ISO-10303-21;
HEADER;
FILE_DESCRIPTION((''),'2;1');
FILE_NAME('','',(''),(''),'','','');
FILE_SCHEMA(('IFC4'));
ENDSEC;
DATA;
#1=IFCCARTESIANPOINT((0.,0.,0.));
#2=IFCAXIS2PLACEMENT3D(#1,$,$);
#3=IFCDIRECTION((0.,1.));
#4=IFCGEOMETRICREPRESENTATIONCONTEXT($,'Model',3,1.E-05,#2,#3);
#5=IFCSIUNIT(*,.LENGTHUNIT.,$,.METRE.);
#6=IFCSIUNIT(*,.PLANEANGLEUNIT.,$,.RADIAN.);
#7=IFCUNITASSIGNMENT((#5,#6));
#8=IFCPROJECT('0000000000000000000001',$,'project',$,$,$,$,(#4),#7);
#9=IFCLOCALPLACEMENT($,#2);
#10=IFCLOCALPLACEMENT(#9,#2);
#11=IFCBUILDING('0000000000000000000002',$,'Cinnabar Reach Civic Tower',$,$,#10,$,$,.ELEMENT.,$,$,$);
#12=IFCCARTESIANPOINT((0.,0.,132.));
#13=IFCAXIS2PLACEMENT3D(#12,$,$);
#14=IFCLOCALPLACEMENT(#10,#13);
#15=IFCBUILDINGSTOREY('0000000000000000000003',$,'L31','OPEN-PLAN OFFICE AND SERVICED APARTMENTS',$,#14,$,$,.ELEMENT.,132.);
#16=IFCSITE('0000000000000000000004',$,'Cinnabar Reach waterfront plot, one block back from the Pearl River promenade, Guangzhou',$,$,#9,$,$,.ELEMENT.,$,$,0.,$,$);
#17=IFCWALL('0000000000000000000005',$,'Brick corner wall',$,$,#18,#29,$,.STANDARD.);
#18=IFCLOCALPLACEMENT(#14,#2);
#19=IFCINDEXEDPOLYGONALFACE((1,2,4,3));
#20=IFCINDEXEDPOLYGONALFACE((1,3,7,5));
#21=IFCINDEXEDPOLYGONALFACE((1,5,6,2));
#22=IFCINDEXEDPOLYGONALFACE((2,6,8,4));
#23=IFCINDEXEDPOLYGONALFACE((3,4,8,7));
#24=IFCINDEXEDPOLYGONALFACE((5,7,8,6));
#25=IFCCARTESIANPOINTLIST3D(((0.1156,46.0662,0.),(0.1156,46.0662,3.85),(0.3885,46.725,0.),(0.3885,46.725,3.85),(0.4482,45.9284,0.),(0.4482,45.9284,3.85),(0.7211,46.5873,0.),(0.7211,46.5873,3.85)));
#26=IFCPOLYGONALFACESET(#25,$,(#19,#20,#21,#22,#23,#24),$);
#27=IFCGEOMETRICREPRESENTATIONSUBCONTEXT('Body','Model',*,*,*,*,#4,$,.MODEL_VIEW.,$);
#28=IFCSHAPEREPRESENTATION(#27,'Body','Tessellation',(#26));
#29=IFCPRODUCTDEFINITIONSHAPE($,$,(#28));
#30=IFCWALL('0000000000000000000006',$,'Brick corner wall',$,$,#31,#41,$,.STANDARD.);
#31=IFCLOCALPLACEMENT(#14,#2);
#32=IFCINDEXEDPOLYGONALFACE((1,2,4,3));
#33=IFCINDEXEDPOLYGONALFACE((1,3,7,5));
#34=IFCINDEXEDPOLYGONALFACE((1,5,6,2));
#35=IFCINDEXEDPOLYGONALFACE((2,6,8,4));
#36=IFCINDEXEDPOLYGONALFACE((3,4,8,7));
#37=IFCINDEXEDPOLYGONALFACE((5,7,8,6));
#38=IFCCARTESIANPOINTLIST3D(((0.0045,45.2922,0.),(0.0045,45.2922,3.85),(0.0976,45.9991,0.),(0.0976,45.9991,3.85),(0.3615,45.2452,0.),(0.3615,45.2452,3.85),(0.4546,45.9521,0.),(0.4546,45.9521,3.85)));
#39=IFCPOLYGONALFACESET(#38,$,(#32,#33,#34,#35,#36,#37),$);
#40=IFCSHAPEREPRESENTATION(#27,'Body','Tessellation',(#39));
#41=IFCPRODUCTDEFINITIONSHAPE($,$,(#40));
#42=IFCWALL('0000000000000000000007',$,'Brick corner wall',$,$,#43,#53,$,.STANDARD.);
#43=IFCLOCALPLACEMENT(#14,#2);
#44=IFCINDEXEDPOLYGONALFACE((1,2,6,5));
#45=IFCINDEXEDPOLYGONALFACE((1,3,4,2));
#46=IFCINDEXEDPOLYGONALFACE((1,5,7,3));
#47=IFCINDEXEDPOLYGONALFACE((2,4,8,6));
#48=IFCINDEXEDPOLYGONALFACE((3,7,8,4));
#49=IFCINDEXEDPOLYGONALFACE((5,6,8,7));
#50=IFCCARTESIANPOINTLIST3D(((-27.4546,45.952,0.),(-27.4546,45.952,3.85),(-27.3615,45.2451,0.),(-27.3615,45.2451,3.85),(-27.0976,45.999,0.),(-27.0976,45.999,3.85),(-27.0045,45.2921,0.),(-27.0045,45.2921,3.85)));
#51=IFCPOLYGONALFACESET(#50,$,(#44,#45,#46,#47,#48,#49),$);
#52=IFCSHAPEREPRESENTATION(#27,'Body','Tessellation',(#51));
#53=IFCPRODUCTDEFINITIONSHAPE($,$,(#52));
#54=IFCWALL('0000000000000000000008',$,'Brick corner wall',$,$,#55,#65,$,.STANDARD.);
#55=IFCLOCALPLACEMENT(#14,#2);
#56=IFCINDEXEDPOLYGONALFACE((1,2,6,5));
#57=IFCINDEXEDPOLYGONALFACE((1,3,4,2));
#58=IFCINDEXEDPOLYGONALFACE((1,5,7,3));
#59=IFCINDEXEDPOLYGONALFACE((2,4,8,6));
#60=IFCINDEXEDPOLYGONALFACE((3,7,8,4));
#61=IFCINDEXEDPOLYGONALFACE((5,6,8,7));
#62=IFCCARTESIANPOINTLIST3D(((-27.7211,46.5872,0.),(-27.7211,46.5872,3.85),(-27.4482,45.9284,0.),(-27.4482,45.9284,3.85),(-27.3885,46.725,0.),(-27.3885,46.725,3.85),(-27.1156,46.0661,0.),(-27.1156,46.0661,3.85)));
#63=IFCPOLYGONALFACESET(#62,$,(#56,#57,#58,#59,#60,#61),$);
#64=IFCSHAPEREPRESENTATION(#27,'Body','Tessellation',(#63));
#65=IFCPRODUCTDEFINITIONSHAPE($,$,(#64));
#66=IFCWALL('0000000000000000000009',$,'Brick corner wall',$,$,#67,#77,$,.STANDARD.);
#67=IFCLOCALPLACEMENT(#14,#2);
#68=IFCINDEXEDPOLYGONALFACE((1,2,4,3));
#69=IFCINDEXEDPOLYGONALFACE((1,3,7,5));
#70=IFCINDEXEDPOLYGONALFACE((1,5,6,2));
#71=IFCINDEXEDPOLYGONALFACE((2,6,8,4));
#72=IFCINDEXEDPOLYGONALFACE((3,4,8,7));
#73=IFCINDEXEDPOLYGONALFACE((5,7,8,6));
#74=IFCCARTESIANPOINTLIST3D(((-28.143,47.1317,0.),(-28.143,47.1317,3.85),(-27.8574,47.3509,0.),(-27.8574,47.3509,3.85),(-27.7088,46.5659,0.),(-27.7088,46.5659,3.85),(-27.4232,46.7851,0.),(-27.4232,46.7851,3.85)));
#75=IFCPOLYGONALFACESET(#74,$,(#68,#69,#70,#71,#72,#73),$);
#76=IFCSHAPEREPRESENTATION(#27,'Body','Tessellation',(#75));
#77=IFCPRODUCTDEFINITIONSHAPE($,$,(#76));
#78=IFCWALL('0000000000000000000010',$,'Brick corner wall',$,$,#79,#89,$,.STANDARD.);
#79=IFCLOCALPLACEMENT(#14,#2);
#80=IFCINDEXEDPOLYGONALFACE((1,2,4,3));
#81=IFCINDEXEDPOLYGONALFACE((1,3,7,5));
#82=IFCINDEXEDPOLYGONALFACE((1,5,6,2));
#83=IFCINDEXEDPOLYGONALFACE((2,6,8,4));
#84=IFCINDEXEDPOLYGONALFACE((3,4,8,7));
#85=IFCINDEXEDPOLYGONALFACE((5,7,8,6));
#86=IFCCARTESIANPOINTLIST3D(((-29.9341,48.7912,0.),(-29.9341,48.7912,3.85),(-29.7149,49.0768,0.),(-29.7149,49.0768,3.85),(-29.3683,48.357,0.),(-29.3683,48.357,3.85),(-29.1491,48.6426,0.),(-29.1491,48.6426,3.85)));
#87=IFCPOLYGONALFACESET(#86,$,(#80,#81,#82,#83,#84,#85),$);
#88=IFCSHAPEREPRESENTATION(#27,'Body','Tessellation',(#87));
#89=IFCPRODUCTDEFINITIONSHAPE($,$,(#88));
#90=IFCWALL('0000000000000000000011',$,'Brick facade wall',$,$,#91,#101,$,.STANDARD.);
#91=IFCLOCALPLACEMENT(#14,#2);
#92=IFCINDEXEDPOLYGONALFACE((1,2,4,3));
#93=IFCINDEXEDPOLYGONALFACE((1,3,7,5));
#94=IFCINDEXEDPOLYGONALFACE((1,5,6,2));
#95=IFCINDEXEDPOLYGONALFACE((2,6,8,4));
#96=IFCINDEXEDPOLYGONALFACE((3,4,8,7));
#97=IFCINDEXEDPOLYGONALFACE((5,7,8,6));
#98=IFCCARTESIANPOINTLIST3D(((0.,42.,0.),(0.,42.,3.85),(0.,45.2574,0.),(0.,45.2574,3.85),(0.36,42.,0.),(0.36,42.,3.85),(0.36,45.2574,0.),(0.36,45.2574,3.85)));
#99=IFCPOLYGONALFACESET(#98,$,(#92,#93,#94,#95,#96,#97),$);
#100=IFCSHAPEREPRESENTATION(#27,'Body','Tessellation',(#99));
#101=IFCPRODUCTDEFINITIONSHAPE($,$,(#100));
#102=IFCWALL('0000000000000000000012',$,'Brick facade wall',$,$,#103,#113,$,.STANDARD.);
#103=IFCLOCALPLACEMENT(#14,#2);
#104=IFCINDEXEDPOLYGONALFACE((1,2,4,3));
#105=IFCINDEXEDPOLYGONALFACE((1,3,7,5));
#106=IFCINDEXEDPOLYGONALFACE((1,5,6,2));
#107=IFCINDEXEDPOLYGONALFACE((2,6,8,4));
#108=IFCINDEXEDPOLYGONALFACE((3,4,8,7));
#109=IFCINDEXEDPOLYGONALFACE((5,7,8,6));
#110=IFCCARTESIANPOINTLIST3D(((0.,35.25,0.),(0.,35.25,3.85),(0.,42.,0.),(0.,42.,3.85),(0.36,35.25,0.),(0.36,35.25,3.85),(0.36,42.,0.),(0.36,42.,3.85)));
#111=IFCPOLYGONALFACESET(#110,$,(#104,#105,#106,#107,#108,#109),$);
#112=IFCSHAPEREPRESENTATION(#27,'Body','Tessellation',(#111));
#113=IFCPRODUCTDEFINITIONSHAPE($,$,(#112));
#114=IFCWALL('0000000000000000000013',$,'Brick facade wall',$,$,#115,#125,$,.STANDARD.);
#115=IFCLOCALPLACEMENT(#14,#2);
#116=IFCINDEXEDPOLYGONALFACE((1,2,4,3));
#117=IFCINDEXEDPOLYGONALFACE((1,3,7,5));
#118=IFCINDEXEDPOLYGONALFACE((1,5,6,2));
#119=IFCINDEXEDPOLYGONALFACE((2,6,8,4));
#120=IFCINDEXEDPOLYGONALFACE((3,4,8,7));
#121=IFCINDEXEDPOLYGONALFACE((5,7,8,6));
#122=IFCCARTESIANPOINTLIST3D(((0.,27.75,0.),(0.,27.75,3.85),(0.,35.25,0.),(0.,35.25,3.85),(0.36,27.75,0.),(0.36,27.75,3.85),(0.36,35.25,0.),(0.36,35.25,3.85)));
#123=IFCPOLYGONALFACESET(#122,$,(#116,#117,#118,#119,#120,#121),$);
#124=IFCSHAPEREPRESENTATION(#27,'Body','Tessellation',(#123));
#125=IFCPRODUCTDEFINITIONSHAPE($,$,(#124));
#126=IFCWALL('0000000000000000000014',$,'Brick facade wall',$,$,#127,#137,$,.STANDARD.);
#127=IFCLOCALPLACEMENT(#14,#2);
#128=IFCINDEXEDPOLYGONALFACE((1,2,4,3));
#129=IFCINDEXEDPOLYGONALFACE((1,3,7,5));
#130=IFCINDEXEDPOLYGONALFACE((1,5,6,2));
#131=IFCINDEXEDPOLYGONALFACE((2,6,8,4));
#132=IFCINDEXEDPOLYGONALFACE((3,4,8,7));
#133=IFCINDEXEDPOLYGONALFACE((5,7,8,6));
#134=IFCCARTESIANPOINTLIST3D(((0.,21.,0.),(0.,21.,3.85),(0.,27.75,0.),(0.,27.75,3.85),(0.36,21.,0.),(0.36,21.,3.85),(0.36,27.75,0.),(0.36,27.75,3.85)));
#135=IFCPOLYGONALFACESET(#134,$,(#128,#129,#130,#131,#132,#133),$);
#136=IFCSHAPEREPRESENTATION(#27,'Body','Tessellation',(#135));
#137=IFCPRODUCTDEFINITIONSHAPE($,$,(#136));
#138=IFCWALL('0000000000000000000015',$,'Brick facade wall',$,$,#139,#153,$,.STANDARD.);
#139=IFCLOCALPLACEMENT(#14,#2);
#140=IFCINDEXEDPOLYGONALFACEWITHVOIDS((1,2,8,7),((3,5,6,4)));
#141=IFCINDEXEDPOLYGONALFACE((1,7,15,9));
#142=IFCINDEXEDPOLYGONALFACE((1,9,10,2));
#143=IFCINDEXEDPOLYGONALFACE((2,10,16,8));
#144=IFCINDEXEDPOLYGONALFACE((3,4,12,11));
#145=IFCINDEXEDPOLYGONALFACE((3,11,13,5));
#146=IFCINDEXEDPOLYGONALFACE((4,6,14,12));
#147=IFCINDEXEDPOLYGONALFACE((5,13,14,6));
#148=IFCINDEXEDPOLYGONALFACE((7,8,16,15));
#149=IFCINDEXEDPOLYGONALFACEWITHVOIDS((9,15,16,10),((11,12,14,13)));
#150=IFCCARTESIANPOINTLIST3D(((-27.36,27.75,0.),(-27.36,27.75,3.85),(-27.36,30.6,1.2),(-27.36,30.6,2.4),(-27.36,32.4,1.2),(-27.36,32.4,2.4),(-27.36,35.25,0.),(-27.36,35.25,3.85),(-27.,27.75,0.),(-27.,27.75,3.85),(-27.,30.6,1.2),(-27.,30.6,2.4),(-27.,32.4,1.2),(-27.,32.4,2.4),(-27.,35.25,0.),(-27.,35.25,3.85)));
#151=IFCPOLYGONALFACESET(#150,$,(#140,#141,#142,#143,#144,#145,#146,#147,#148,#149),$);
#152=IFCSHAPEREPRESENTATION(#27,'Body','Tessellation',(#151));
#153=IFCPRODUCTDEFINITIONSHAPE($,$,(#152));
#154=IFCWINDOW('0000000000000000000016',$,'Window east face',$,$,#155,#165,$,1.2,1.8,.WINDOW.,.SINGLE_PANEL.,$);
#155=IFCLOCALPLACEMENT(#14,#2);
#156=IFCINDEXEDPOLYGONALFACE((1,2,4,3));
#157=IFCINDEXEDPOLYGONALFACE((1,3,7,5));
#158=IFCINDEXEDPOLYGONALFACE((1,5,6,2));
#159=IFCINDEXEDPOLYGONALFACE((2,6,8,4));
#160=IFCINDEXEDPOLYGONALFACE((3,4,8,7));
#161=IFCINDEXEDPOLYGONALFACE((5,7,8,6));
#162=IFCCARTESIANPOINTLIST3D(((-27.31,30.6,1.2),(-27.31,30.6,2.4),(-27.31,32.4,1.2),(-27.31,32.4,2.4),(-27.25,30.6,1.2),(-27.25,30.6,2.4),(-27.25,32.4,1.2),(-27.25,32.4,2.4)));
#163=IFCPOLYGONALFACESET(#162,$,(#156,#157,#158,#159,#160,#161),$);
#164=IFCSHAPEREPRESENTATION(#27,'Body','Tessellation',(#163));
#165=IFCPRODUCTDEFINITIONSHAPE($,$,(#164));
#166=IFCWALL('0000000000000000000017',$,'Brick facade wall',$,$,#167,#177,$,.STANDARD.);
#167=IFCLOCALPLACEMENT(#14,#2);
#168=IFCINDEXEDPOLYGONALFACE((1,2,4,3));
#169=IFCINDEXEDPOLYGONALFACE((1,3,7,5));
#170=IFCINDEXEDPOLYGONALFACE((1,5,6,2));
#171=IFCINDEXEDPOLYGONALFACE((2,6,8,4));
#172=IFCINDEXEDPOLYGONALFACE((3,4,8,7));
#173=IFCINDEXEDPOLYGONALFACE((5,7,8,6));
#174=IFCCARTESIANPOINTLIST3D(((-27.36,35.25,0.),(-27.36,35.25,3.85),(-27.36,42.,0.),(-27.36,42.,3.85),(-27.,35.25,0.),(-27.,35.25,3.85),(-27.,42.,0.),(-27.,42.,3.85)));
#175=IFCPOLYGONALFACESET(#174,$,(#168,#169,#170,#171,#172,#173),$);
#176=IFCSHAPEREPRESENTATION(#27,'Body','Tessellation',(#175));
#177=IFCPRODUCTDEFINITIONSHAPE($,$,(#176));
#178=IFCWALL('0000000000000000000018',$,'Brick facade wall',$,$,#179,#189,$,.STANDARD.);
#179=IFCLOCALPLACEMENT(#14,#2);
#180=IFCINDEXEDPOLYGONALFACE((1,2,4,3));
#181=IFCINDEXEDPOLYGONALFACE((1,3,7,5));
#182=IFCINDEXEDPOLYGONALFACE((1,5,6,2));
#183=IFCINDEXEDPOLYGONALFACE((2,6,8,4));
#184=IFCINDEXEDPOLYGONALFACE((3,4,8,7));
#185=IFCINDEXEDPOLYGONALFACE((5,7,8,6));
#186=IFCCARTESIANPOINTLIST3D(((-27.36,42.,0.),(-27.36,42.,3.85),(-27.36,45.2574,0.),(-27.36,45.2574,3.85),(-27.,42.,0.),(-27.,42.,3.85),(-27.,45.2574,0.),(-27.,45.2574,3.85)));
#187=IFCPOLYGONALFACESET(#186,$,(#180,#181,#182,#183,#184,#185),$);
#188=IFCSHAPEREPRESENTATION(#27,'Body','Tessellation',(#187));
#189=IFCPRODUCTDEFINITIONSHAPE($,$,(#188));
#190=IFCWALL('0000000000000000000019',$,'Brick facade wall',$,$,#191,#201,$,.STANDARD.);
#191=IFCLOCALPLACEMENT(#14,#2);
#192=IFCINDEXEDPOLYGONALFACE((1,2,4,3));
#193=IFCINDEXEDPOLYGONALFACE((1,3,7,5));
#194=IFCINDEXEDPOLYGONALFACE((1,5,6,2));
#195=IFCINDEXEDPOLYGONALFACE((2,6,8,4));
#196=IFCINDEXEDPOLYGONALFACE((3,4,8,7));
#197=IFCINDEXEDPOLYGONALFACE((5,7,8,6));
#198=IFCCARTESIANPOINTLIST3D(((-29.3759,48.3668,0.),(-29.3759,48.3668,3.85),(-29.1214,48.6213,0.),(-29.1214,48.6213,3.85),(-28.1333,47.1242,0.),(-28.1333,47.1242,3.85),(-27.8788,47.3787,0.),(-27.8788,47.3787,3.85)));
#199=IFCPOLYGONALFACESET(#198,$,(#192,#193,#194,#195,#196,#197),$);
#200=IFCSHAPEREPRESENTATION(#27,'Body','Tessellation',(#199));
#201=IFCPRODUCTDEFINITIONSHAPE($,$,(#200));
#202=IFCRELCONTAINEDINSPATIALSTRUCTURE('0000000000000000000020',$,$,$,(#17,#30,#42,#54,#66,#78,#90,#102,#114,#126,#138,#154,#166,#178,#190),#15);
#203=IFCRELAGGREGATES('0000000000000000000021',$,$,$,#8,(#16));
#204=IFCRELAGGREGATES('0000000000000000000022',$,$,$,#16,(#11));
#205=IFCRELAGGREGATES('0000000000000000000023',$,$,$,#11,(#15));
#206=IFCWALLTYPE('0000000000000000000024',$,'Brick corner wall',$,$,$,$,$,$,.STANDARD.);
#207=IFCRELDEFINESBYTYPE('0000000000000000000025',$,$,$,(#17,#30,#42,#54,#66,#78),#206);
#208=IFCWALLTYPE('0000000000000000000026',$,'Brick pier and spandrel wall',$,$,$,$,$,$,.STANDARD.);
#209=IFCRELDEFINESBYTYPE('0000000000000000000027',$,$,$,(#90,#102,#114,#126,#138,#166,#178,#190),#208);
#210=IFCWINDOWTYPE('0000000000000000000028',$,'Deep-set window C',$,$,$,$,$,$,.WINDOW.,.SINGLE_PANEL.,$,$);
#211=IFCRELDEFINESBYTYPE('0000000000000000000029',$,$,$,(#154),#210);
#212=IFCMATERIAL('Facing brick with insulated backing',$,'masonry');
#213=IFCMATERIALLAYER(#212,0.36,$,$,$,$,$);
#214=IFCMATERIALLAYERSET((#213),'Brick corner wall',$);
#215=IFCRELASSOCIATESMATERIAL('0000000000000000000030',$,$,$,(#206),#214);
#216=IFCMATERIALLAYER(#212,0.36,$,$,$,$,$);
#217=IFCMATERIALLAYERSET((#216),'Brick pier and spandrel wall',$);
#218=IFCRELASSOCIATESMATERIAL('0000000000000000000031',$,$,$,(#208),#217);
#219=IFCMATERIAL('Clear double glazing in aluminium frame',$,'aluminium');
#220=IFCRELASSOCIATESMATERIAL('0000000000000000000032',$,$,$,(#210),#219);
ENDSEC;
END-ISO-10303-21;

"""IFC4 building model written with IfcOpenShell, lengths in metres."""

from ifc_helpers import new_model, si_unit, direction, frame, frame_2d, origin, place, context, subcontext, project, spatial, rectangle, extrude, material, layer, layer_set, type_object, element, fill, save


model = new_model("IFC4")

# Units and contexts
model_context = context("Model", 3, precision=1e-05, world=origin(), true_north=direction((0.0, 1.0)))
body_context = subcontext(model_context, "Body", "Model", "MODEL_VIEW")
ifc_project = project(units=[si_unit("LENGTHUNIT", "METRE"), si_unit("PLANEANGLEUNIT", "RADIAN")], contexts=[model_context])

# Site, building, storey
site_placement = place(None, origin())
site = spatial("IfcSite", under=ifc_project, at=site_placement, Name="Cinnabar Reach waterfront plot, one block back from the Pearl River promenade, Guangzhou", CompositionType="ELEMENT", RefElevation=0.0)
building_placement = place(site_placement, origin())
building = spatial("IfcBuilding", under=site, at=building_placement, Name="Cinnabar Reach Civic Tower", CompositionType="ELEMENT")
storey_placement = place(building_placement, frame((0.0, 0.0, 132.0)))
storey = spatial("IfcBuildingStorey", under=building, at=storey_placement, Name="L31", Description="OPEN-PLAN OFFICE AND SERVICED APARTMENTS", CompositionType="ELEMENT", Elevation=132.0)

# Walls
ifc_material_1 = material(Name="Facing brick with insulated backing", Category="masonry")
ifc_layer_1 = layer(ifc_material_1, 0.36)
ifc_layer_set_1 = layer_set([ifc_layer_1], Name="Brick corner wall")
wall_type_1 = type_object("IfcWallType", Name="Brick corner wall", PredefinedType="STANDARD", material=ifc_layer_set_1)
for number, where, z_axis, x_axis, name in (
    (1, (0.5548, 46.6561, 0.0), (0.0, 0.0, 1.0), (-0.382703, -0.923872, 0.0), "Brick corner wall"),
    (2, (0.2761, 45.9756, 0.0), (0.0, 0.0, 1.0), (-0.130556, -0.991441, 0.0), "Brick corner wall"),
    (3, (-27.183, 45.2686, 0.0), (0.0, 0.0, 1.0), (-0.130556, 0.991441, 0.0), "Brick corner wall"),
    (4, (-27.2819, 45.9973, 0.0), (0.0, 0.0, 1.0), (-0.382703, 0.923872, 0.0), "Brick corner wall"),
):
    element("IfcWall", number, at=place(storey_placement, frame(where, z_axis=z_axis, x_axis=x_axis)), inside=storey, type_object=wall_type_1, Name=name, PredefinedType="STANDARD", context=body_context, shape_type="SweptSolid", body=[
        extrude(rectangle(XDim=0.7131, YDim=0.36, at=frame_2d((0.3565, 0.0))), origin(), (0.0, 0.0, 1.0), 3.85),
    ])
for number, where, z_axis, x_axis, name in (
    (5, (-27.566, 46.6755, 0.0), (0.0, 0.0, 1.0), (-0.608802, 0.793322, 0.0), "Brick corner wall"),
    (6, (-29.2587, 48.4998, 0.0), (0.0, 0.0, 1.0), (-0.793322, 0.608802, 0.0), "Brick corner wall"),
):
    element("IfcWall", number, at=place(storey_placement, frame(where, z_axis=z_axis, x_axis=x_axis)), inside=storey, type_object=wall_type_1, Name=name, PredefinedType="STANDARD", context=body_context, shape_type="SweptSolid", body=[
        extrude(rectangle(XDim=0.7132, YDim=0.36, at=frame_2d((0.3566, 0.0))), origin(), (0.0, 0.0, 1.0), 3.85),
    ])
ifc_layer_2 = layer(ifc_material_1, 0.36)
ifc_layer_set_2 = layer_set([ifc_layer_2], Name="Brick pier and spandrel wall")
wall_type_2 = type_object("IfcWallType", Name="Brick pier and spandrel wall", PredefinedType="STANDARD", material=ifc_layer_set_2)
wall_1_placement = place(storey_placement, frame((0.18, 45.2574, 0.0), z_axis=(0.0, 0.0, 1.0), x_axis=(0.0, -1.0, 0.0)))
element("IfcWall", 7, at=wall_1_placement, inside=storey, type_object=wall_type_2, Name="Brick facade wall", PredefinedType="STANDARD", context=body_context, shape_type="SweptSolid", body=[
    extrude(rectangle(XDim=3.2574, YDim=0.36, at=frame_2d((1.6287, 0.0))), origin(), (0.0, 0.0, 1.0), 3.85),
])
wall_2_placement = place(storey_placement, frame((0.18, 42.0, 0.0), z_axis=(0.0, 0.0, 1.0), x_axis=(0.0, -1.0, 0.0)))
element("IfcWall", 8, at=wall_2_placement, inside=storey, type_object=wall_type_2, Name="Brick facade wall", PredefinedType="STANDARD", context=body_context, shape_type="SweptSolid", body=[
    extrude(rectangle(XDim=6.75, YDim=0.36, at=frame_2d((3.375, 0.0))), origin(), (0.0, 0.0, 1.0), 3.85),
])
wall_3_placement = place(storey_placement, frame((0.18, 35.25, 0.0), z_axis=(0.0, 0.0, 1.0), x_axis=(0.0, -1.0, 0.0)))
element("IfcWall", 9, at=wall_3_placement, inside=storey, type_object=wall_type_2, Name="Brick facade wall", PredefinedType="STANDARD", context=body_context, shape_type="SweptSolid", body=[
    extrude(rectangle(XDim=7.5, YDim=0.36, at=frame_2d((3.75, 0.0))), origin(), (0.0, 0.0, 1.0), 3.85),
])
wall_4_placement = place(storey_placement, frame((0.18, 27.75, 0.0), z_axis=(0.0, 0.0, 1.0), x_axis=(0.0, -1.0, 0.0)))
element("IfcWall", 10, at=wall_4_placement, inside=storey, type_object=wall_type_2, Name="Brick facade wall", PredefinedType="STANDARD", context=body_context, shape_type="SweptSolid", body=[
    extrude(rectangle(XDim=6.75, YDim=0.36, at=frame_2d((3.375, 0.0))), origin(), (0.0, 0.0, 1.0), 3.85),
])

# Wall, opening, window
wall_5_placement = place(storey_placement, frame((-27.18, 27.75, 0.0), z_axis=(0.0, 0.0, 1.0), x_axis=(0.0, 1.0, 0.0)))
wall_5 = element("IfcWall", 11, at=wall_5_placement, inside=storey, type_object=wall_type_2, Name="Brick facade wall", PredefinedType="STANDARD", context=body_context, shape_type="SweptSolid", body=[
    extrude(rectangle(XDim=7.5, YDim=0.36, at=frame_2d((3.75, 0.0))), origin(), (0.0, 0.0, 1.0), 3.85),
])
opening_1_placement = place(wall_5_placement, frame((2.85, 0.0, 1.2)))
opening_1 = element("IfcOpeningElement", 12, at=opening_1_placement, cuts=wall_5, PredefinedType="OPENING", context=body_context, shape_type="SweptSolid", body=[
    extrude(rectangle(XDim=1.8, YDim=1.2, at=frame_2d((0.9, 0.6))), frame((0.0, 0.19, 0.0), z_axis=(0.0, -1.0, 0.0), x_axis=(1.0, 0.0, 0.0)), (0.0, 0.0, 1.0), 0.38),
])
ifc_material_2 = material(Name="Clear double glazing in aluminium frame", Category="aluminium")
window_type = type_object("IfcWindowType", Name="Deep-set window C", PartitioningType="SINGLE_PANEL", PredefinedType="WINDOW", material=ifc_material_2)
window_placement = place(opening_1_placement, origin())
window = element("IfcWindow", 13, at=window_placement, inside=storey, type_object=window_type, Name="Window east face", OverallHeight=1.2, OverallWidth=1.8, PartitioningType="SINGLE_PANEL", PredefinedType="WINDOW", context=body_context, shape_type="SweptSolid", body=[
    extrude(rectangle(XDim=1.8, YDim=1.2, at=frame_2d((0.9, 0.6))), frame((0.0, 0.13, 0.0), z_axis=(0.0, -1.0, 0.0), x_axis=(1.0, 0.0, 0.0)), (0.0, 0.0, 1.0), 0.06),
])
fill(opening_1, window)

# Walls
wall_6_placement = place(storey_placement, frame((-27.18, 35.25, 0.0), z_axis=(0.0, 0.0, 1.0), x_axis=(0.0, 1.0, 0.0)))
element("IfcWall", 14, at=wall_6_placement, inside=storey, type_object=wall_type_2, Name="Brick facade wall", PredefinedType="STANDARD", context=body_context, shape_type="SweptSolid", body=[
    extrude(rectangle(XDim=6.75, YDim=0.36, at=frame_2d((3.375, 0.0))), origin(), (0.0, 0.0, 1.0), 3.85),
])
wall_7_placement = place(storey_placement, frame((-27.18, 42.0, 0.0), z_axis=(0.0, 0.0, 1.0), x_axis=(0.0, 1.0, 0.0)))
element("IfcWall", 15, at=wall_7_placement, inside=storey, type_object=wall_type_2, Name="Brick facade wall", PredefinedType="STANDARD", context=body_context, shape_type="SweptSolid", body=[
    extrude(rectangle(XDim=3.2574, YDim=0.36, at=frame_2d((1.6287, 0.0))), origin(), (0.0, 0.0, 1.0), 3.85),
])
wall_8_placement = place(storey_placement, frame((-28.006, 47.2514, 0.0), z_axis=(0.0, 0.0, 1.0), x_axis=(-0.707107, 0.707107, 0.0)))
element("IfcWall", 16, at=wall_8_placement, inside=storey, type_object=wall_type_2, Name="Brick facade wall", PredefinedType="STANDARD", context=body_context, shape_type="SweptSolid", body=[
    extrude(rectangle(XDim=1.7573, YDim=0.36, at=frame_2d((0.8787, 0.0))), origin(), (0.0, 0.0, 1.0), 3.85),
])

save(model, "model.ifc")
